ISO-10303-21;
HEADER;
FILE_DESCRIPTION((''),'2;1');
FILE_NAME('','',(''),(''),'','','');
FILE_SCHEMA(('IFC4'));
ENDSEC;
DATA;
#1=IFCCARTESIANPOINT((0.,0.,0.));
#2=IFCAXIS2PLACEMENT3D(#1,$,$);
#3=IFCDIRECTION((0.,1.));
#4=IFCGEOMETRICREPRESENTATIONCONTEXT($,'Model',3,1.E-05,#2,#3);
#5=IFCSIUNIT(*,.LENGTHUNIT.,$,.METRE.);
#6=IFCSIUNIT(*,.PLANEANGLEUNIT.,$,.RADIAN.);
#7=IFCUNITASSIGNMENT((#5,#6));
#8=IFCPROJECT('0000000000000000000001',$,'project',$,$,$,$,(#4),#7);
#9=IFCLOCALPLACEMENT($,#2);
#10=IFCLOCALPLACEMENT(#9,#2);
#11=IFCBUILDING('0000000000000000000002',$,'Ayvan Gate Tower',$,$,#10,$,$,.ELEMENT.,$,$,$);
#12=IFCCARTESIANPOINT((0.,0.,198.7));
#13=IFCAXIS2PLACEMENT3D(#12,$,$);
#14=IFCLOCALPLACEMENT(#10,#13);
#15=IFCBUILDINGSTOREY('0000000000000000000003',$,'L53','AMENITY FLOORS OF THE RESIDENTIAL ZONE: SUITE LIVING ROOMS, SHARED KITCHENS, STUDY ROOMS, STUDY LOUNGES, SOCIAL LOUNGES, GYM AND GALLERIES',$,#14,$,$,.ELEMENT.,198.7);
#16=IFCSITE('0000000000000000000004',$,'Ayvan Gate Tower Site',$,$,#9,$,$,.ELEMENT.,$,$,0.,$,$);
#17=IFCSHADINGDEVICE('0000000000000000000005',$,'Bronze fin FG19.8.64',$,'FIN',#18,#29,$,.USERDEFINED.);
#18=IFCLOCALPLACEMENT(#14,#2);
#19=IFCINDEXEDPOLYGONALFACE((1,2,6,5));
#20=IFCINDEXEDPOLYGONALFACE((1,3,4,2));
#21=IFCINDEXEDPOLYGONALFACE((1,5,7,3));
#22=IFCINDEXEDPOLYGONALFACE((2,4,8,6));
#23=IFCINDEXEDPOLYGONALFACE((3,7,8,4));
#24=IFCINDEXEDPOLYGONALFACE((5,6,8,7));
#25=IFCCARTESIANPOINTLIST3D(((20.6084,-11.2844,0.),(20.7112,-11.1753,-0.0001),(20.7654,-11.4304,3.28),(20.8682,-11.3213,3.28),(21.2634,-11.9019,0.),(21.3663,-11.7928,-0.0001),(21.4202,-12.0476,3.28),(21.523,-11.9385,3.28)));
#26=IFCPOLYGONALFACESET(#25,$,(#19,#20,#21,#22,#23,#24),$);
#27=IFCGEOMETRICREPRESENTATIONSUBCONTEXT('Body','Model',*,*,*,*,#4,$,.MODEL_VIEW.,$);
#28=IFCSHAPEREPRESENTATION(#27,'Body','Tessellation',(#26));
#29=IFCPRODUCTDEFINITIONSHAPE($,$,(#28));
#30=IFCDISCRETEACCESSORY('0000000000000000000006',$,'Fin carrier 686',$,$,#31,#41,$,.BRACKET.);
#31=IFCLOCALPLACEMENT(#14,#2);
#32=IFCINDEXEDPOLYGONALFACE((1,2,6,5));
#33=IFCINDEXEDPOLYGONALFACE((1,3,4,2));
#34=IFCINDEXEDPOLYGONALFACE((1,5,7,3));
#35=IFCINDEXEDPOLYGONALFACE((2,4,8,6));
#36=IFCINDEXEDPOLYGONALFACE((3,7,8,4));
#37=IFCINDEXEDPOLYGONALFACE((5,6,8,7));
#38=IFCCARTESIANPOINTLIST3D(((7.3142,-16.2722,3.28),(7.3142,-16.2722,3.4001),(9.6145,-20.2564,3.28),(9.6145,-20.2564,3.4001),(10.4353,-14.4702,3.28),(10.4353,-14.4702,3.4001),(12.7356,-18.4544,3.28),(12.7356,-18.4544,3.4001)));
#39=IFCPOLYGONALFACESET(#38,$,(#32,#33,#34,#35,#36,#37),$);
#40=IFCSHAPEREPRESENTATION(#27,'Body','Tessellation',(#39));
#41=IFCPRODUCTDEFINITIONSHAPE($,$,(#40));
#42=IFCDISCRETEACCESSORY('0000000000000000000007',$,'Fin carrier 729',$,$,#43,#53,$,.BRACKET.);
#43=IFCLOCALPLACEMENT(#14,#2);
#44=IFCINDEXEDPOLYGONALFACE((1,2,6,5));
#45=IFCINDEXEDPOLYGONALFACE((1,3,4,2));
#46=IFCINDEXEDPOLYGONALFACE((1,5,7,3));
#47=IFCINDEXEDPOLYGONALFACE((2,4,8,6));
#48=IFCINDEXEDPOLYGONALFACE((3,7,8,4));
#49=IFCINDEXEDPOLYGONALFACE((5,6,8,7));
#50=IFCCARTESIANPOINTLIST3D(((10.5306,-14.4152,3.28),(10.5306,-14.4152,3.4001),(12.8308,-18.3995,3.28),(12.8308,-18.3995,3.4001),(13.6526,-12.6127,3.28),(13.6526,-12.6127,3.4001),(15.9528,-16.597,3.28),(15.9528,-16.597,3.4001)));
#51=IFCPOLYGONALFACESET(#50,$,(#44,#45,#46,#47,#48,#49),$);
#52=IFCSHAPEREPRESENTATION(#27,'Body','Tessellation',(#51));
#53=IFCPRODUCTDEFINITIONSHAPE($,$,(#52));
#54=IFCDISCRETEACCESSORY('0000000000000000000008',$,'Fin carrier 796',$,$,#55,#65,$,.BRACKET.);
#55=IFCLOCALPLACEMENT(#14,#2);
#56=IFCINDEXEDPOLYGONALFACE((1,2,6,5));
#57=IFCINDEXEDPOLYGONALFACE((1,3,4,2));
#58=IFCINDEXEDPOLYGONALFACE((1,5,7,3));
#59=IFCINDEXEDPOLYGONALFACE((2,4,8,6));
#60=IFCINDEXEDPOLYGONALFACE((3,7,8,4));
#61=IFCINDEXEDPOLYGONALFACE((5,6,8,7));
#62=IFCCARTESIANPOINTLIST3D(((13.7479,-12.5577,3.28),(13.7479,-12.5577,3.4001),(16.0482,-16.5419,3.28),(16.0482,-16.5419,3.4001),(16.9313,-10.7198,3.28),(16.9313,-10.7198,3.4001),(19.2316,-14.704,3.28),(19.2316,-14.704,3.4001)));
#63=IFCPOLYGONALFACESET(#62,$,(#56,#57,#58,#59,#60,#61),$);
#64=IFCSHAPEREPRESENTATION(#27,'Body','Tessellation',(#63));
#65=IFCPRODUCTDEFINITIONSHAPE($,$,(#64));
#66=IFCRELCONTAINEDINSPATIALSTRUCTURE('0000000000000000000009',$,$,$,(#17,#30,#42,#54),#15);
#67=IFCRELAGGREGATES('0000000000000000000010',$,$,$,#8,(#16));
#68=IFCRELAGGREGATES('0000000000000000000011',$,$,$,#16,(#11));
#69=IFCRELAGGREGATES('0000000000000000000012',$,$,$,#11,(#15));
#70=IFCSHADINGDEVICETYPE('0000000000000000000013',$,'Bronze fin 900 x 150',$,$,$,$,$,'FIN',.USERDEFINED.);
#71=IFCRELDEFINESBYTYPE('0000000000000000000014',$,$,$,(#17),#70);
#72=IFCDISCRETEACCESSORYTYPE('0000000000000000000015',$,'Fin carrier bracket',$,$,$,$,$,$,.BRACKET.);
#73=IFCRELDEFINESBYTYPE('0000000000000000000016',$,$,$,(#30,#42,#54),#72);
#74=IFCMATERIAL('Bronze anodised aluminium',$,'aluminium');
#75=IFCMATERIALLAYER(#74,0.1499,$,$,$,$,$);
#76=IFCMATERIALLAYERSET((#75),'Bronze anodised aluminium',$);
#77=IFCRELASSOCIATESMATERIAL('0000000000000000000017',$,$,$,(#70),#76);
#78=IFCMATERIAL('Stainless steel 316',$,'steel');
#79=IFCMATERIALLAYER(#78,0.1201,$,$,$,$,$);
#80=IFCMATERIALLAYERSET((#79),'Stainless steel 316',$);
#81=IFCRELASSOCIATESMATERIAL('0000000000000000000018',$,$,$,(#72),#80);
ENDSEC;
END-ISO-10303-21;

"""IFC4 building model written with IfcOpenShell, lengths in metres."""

from ifc_helpers import new_model, si_unit, direction, frame, origin, origin_2d, place, context, subcontext, project, spatial, polyline, rectangle, outline, extrude, material, layer, layer_set, type_object, element, save


model = new_model("IFC4")

# Units and contexts
model_context = context("Model", 3, precision=1e-05, world=origin(), true_north=direction((0.0, 1.0)))
body_context = subcontext(model_context, "Body", "Model", "MODEL_VIEW")
ifc_project = project(units=[si_unit("LENGTHUNIT", "METRE"), si_unit("PLANEANGLEUNIT", "RADIAN")], contexts=[model_context])

# Site, building, storey
site_placement = place(None, origin())
site = spatial("IfcSite", under=ifc_project, at=site_placement, Name="Ayvan Gate Tower Site", CompositionType="ELEMENT", RefElevation=0.0)
building_placement = place(site_placement, origin())
building = spatial("IfcBuilding", under=site, at=building_placement, Name="Ayvan Gate Tower", CompositionType="ELEMENT")
storey_placement = place(building_placement, frame((0.0, 0.0, 198.7)))
storey = spatial("IfcBuildingStorey", under=building, at=storey_placement, Name="L53", Description="AMENITY FLOORS OF THE RESIDENTIAL ZONE: SUITE LIVING ROOMS, SHARED KITCHENS, STUDY ROOMS, STUDY LOUNGES, SOCIAL LOUNGES, GYM AND GALLERIES", CompositionType="ELEMENT", Elevation=198.7)

# Shared definitions
ifc_material_1 = material(Name="Bronze anodised aluminium", Category="aluminium")

# Shading device
ifc_layer_1 = layer(ifc_material_1, 0.1499)
ifc_layer_set_1 = layer_set([ifc_layer_1], Name="Bronze anodised aluminium")
shading_device_type = type_object("IfcShadingDeviceType", Name="Bronze fin 900 x 150", ElementType="FIN", PredefinedType="USERDEFINED", material=ifc_layer_set_1)
shading_device_1_placement = place(storey_placement, frame((20.6084, -11.2844, 0.0), z_axis=(-0.68591, -0.727686, 0.00044), x_axis=(0.727686, -0.68591, 0.0)))
element("IfcShadingDevice", 1, at=shading_device_1_placement, inside=storey, type_object=shading_device_type, Name="Bronze fin FG19.8.64", ObjectType="FIN", PredefinedType="USERDEFINED", context=body_context, shape_type="SweptSolid", body=[
    extrude(outline(polyline([(0.0, 0.0), (0.9002, 0.0), (1.1142, 3.28), (0.2144, 3.28), (0.0, 0.0)])), origin(), (0.0, 0.0, -1.0), 0.1499),
])

# Discrete accessories
ifc_material_2 = material(Name="Stainless steel 316", Category="steel")
ifc_layer_2 = layer(ifc_material_2, 0.1201)
ifc_layer_set_2 = layer_set([ifc_layer_2], Name="Stainless steel 316")
discrete_accessory_type = type_object("IfcDiscreteAccessoryType", Name="Fin carrier bracket", PredefinedType="BRACKET", material=ifc_layer_set_2)
discrete_accessory_1_placement = place(storey_placement, frame((10.0249, -17.3633, 3.28), z_axis=(0.0, 0.0, 1.0), x_axis=(0.866025, 0.5, 0.0)))
element("IfcDiscreteAccessory", 2, at=discrete_accessory_1_placement, inside=storey, type_object=discrete_accessory_type, Name="Fin carrier 686", PredefinedType="BRACKET", context=body_context, shape_type="SweptSolid", body=[
    extrude(rectangle(XDim=3.604, YDim=4.6006, at=origin_2d()), origin(), (0.0, 0.0, 1.0), 0.1201),
])
discrete_accessory_2_placement = place(storey_placement, frame((13.2417, -15.5061, 3.28), z_axis=(0.0, 0.0, 1.0), x_axis=(0.866025, 0.5, 0.0)))
element("IfcDiscreteAccessory", 3, at=discrete_accessory_2_placement, inside=storey, type_object=discrete_accessory_type, Name="Fin carrier 729", PredefinedType="BRACKET", context=body_context, shape_type="SweptSolid", body=[
    extrude(rectangle(XDim=3.605, YDim=4.6006, at=origin_2d()), origin(), (0.0, 0.0, 1.0), 0.1201),
])
discrete_accessory_3_placement = place(storey_placement, frame((16.4897, -13.6309, 3.28), z_axis=(0.0, 0.0, 1.0), x_axis=(0.866025, 0.5, 0.0)))
element("IfcDiscreteAccessory", 4, at=discrete_accessory_3_placement, inside=storey, type_object=discrete_accessory_type, Name="Fin carrier 796", PredefinedType="BRACKET", context=body_context, shape_type="SweptSolid", body=[
    extrude(rectangle(XDim=3.6758, YDim=4.6006, at=origin_2d()), origin(), (0.0, 0.0, 1.0), 0.1201),
])

save(model, "model.ifc")
